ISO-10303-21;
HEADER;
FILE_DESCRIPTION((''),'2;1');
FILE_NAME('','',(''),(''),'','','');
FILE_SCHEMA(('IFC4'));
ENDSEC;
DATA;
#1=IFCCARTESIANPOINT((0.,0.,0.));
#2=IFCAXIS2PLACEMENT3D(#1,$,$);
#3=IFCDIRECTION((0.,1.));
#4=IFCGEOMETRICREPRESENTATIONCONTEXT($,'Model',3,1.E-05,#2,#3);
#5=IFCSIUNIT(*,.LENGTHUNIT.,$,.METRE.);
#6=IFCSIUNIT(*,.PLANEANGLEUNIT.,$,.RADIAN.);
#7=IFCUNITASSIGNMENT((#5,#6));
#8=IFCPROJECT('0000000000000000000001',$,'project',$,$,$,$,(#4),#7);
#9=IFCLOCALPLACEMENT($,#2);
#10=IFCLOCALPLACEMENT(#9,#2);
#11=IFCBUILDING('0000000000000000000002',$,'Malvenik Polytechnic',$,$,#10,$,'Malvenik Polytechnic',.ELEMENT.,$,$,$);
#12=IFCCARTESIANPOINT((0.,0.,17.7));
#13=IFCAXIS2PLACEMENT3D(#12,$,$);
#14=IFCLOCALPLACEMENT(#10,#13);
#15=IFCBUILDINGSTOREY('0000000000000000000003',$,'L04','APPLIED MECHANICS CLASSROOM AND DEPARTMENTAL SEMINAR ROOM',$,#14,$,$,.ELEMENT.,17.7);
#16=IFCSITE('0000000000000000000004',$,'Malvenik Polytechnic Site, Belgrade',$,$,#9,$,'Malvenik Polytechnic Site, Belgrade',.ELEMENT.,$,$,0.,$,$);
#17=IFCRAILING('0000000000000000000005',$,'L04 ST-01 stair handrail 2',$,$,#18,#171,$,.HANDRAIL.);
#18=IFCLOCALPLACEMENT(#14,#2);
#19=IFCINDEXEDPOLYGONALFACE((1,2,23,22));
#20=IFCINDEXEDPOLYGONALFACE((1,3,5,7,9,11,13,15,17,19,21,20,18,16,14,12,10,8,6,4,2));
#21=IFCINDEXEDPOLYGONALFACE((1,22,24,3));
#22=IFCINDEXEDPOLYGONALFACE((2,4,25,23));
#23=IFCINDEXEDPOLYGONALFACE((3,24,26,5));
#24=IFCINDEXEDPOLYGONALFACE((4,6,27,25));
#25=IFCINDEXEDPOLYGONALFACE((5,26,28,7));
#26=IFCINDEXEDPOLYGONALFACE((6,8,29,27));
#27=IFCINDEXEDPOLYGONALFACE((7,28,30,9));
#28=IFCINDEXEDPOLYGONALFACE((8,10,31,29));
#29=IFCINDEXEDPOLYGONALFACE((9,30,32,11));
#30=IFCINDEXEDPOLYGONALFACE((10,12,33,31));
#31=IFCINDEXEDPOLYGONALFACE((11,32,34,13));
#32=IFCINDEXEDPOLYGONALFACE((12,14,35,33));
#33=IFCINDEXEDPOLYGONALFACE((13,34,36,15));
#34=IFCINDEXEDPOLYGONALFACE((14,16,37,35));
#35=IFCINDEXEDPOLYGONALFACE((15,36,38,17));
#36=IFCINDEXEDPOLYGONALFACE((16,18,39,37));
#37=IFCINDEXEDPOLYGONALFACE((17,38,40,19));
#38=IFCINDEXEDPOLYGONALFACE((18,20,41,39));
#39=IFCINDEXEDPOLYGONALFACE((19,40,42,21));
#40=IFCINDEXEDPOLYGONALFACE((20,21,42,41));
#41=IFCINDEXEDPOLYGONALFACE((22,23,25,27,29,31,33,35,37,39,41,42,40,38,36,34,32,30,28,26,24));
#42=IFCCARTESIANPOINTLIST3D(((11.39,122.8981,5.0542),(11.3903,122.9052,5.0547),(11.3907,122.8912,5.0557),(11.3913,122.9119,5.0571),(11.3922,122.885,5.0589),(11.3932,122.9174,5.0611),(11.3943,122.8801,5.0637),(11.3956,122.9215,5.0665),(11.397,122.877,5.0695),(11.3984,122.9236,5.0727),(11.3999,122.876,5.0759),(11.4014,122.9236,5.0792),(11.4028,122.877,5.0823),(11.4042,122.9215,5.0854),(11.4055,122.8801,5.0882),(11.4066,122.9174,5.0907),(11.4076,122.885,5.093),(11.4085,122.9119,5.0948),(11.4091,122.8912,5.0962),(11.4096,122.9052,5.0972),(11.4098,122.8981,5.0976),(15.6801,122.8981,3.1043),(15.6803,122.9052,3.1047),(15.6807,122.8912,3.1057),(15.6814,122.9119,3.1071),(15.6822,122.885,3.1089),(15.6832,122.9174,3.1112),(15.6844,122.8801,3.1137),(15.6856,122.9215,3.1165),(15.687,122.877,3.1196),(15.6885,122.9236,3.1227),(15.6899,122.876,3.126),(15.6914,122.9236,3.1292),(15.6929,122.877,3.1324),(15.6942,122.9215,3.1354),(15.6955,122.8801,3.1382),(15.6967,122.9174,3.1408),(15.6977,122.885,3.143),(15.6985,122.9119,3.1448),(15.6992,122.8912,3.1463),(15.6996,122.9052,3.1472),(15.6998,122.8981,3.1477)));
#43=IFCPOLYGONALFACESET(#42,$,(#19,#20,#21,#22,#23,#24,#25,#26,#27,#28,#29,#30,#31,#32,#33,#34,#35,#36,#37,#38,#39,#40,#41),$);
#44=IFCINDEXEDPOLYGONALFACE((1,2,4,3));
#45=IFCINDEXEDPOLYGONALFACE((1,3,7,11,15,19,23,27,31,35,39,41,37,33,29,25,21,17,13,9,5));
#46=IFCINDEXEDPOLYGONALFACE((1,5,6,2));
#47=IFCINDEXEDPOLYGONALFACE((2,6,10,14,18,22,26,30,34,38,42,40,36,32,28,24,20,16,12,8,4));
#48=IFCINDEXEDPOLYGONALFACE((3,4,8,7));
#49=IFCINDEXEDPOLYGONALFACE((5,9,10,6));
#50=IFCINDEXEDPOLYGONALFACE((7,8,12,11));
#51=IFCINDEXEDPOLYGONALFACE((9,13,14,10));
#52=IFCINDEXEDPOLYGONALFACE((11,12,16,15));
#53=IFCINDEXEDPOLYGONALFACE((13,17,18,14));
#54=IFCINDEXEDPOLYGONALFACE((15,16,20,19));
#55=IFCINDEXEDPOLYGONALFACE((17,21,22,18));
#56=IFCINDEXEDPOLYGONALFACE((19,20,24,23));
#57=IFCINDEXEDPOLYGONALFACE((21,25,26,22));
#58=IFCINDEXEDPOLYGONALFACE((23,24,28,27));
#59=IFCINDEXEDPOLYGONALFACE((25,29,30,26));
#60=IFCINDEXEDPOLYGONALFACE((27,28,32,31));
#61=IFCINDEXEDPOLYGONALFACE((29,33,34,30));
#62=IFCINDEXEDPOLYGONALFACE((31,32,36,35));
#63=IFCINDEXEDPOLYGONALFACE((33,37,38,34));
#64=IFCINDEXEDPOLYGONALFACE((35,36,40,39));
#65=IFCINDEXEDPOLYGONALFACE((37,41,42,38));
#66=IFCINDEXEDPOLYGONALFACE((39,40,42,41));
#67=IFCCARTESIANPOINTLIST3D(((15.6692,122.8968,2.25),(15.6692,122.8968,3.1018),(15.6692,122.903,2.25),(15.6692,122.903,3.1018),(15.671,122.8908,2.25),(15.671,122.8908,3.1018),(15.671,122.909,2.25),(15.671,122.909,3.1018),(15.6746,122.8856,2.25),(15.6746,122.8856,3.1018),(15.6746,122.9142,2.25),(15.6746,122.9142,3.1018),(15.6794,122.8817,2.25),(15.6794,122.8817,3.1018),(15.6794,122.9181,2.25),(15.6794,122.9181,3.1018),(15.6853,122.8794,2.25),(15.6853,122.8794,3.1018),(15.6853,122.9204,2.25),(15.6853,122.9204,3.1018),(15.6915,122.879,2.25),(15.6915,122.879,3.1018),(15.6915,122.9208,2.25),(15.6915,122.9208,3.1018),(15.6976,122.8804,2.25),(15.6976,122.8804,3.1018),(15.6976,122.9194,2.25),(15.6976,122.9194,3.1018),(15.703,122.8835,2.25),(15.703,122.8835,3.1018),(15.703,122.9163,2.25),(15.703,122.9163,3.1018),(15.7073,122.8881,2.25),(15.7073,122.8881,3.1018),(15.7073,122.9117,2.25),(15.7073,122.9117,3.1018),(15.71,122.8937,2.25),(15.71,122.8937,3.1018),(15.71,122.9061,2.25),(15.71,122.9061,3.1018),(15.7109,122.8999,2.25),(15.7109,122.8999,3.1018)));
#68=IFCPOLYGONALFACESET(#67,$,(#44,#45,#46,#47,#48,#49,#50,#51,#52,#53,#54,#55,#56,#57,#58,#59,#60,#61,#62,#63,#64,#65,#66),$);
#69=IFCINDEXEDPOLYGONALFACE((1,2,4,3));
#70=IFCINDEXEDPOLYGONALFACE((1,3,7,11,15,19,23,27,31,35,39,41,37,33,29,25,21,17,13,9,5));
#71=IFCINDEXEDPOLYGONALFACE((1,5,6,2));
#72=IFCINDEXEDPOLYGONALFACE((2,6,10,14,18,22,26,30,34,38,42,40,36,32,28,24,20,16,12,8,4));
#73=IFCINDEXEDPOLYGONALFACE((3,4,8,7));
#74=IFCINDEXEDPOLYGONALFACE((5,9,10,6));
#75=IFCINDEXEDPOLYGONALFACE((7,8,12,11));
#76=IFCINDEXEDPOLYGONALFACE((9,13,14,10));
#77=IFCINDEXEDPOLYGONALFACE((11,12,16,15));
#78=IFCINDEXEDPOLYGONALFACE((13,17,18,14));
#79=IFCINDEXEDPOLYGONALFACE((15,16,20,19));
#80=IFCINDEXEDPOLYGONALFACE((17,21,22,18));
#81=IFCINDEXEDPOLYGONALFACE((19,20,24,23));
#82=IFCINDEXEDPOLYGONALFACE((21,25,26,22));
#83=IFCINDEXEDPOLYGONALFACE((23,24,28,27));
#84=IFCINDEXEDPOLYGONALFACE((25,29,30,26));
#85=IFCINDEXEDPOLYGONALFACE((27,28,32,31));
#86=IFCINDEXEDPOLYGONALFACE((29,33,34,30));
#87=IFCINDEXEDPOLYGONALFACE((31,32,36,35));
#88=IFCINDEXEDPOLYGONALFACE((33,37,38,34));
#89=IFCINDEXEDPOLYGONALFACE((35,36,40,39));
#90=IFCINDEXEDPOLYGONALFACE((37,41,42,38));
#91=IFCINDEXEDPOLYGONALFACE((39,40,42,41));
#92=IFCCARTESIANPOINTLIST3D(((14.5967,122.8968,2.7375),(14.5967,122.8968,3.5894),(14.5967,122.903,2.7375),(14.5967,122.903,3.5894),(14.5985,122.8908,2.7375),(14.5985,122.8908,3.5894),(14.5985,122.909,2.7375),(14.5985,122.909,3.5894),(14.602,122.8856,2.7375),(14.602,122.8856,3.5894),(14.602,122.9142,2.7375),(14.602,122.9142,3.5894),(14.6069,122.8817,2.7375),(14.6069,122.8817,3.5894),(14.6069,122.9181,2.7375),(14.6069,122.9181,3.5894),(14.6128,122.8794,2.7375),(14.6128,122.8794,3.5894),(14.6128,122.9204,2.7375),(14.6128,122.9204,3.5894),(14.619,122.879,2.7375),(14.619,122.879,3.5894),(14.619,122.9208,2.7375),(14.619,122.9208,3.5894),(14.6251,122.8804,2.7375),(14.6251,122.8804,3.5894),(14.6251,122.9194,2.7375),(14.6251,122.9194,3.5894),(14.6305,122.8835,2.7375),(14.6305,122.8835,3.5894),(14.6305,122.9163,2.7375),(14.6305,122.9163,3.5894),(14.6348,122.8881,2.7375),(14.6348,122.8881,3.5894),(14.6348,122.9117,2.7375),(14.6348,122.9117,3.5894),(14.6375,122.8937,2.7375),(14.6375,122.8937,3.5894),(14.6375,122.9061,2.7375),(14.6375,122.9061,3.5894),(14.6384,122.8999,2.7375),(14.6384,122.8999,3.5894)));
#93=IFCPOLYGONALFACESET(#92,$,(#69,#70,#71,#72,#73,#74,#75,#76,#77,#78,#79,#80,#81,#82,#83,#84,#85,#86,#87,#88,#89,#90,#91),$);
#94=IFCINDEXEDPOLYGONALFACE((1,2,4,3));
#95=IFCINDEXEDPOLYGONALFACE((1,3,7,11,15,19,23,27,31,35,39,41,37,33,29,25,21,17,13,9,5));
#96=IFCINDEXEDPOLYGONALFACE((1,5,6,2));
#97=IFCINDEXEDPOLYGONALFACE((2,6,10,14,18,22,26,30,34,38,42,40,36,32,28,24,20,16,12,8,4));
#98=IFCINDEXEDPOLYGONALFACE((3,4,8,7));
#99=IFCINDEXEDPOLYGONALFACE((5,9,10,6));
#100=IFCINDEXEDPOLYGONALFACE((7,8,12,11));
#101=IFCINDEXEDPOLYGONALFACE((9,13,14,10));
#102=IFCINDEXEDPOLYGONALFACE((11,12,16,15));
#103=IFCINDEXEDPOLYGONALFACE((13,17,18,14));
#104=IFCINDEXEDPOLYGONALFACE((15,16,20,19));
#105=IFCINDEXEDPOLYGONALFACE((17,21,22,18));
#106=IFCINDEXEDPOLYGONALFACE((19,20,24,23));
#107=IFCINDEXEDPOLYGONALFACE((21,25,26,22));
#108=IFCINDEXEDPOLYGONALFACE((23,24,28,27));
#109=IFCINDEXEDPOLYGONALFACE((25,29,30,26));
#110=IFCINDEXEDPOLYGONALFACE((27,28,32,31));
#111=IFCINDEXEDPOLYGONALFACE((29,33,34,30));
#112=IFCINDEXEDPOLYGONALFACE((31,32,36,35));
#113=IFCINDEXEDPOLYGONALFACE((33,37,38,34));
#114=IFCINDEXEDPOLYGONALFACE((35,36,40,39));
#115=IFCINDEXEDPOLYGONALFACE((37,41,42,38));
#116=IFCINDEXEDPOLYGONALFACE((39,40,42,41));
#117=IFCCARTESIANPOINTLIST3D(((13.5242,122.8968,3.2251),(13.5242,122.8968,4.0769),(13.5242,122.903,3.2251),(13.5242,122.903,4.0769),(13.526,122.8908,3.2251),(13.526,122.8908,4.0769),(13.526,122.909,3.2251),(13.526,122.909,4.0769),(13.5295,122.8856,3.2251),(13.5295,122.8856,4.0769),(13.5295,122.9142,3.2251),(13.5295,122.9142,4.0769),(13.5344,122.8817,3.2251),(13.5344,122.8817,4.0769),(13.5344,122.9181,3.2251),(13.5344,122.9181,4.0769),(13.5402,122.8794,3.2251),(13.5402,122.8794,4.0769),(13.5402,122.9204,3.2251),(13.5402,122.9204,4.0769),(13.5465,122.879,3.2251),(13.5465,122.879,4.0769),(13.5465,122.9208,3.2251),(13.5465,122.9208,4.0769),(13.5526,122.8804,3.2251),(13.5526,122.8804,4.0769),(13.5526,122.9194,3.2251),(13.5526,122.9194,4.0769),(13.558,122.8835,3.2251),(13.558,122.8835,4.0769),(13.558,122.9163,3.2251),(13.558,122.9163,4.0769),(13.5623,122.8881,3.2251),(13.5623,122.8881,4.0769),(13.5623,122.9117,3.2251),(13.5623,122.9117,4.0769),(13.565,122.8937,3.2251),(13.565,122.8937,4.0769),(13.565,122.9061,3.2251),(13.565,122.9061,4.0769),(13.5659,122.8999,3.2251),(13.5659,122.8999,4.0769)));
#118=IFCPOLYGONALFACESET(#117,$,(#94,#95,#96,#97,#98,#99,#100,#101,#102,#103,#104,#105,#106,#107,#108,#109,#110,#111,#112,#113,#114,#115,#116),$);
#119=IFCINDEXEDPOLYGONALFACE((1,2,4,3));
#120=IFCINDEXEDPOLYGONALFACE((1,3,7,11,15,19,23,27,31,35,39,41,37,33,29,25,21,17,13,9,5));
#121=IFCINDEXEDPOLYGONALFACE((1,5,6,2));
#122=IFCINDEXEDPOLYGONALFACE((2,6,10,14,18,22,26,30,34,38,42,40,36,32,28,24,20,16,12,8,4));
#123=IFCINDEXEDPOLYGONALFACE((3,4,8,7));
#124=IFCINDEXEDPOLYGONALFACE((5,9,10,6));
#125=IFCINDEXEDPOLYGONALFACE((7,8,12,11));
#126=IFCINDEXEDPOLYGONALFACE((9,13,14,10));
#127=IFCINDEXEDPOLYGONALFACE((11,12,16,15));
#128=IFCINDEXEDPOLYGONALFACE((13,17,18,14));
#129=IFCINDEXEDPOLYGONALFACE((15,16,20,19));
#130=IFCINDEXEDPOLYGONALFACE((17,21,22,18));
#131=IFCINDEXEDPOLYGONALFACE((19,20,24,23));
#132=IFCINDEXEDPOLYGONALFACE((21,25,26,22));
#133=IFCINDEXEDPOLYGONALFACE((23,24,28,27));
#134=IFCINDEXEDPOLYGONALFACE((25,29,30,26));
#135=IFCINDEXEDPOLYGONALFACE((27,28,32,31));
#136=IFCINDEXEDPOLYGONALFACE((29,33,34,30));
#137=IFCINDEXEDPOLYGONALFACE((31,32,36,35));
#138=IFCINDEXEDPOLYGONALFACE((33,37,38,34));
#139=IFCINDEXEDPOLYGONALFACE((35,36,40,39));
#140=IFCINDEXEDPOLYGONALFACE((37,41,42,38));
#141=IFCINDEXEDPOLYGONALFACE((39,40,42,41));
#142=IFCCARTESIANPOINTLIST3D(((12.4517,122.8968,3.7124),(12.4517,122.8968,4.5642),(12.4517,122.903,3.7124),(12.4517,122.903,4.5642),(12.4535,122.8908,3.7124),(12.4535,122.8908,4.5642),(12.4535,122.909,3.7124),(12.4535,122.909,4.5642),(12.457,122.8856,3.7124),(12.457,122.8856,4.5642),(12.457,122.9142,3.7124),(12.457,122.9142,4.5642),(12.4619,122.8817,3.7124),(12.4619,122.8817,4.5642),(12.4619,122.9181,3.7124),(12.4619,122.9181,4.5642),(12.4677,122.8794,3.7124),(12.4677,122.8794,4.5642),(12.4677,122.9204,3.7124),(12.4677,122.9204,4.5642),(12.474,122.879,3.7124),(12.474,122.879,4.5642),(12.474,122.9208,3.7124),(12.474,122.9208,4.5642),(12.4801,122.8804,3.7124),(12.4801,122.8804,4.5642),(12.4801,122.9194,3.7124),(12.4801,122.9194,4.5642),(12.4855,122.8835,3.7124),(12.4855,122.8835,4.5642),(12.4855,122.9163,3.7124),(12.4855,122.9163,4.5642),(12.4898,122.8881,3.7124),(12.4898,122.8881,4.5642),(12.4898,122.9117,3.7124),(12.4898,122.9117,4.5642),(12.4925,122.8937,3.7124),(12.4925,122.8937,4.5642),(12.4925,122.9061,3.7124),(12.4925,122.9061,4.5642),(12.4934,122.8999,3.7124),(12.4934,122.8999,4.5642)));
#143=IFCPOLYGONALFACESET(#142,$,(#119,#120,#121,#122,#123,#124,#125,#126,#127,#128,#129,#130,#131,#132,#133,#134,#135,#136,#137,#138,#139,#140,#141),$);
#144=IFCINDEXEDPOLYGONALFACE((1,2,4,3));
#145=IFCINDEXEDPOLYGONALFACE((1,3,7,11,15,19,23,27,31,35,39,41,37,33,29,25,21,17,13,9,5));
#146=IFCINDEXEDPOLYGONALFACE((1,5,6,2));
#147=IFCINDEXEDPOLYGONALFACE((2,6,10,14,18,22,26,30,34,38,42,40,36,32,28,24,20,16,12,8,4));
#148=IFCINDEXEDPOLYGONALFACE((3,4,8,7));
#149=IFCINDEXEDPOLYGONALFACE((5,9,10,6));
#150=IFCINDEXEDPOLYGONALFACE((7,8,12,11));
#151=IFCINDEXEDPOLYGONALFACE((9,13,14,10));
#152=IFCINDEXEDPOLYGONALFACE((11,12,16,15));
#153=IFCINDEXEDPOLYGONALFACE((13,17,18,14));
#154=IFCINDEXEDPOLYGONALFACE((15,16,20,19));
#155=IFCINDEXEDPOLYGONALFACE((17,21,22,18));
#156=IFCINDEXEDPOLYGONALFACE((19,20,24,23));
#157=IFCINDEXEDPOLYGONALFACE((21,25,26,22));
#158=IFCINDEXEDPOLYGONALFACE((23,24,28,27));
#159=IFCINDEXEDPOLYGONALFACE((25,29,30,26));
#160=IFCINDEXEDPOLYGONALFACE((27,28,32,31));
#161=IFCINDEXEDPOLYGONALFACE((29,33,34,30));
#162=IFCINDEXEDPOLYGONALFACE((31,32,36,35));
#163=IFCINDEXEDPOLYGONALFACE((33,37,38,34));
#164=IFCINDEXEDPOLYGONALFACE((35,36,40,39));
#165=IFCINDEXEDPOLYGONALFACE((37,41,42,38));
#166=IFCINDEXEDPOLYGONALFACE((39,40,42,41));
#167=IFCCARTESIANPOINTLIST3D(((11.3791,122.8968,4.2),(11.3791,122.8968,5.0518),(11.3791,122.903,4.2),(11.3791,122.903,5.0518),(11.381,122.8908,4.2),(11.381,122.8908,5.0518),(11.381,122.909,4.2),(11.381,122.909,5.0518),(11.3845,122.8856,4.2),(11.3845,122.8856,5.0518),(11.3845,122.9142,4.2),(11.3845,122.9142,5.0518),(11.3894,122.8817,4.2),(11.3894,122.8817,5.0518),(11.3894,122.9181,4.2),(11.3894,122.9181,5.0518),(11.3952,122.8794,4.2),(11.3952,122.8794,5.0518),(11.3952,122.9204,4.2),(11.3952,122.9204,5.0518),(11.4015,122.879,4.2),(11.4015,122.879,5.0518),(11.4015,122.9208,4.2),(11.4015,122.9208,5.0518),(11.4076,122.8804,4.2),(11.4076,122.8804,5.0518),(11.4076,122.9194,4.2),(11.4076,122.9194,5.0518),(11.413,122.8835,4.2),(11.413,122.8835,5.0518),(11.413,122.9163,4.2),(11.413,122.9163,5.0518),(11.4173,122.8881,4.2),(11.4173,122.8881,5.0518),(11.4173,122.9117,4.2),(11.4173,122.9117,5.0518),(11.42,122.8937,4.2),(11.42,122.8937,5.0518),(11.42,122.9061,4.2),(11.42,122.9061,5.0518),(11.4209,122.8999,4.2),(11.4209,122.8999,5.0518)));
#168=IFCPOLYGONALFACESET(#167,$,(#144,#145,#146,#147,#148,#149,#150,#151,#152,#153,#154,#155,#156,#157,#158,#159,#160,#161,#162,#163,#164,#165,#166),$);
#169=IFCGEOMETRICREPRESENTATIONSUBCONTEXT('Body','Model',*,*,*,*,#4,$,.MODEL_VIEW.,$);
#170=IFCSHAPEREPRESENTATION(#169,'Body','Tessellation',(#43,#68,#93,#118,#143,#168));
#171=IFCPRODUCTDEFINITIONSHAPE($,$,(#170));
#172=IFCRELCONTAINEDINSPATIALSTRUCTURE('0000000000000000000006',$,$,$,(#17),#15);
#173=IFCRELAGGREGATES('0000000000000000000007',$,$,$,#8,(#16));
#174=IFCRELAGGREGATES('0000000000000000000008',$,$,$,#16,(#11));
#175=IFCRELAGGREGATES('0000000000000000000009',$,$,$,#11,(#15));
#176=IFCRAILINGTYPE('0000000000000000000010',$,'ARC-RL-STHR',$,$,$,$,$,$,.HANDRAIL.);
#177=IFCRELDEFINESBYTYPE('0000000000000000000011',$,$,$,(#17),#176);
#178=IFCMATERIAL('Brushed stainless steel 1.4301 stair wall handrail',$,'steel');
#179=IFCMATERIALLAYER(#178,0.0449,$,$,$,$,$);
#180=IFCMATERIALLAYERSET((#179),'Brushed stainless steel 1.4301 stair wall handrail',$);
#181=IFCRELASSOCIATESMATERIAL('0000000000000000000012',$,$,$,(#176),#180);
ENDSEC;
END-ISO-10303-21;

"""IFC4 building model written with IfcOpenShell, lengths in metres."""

from ifc_helpers import new_model, si_unit, direction, frame, origin, origin_2d, place, context, subcontext, project, spatial, circle, extrude, material, layer, layer_set, type_object, element, save


model = new_model("IFC4")

# Units and contexts
model_context = context("Model", 3, precision=1e-05, world=origin(), true_north=direction((0.0, 1.0)))
body_context = subcontext(model_context, "Body", "Model", "MODEL_VIEW")
ifc_project = project(units=[si_unit("LENGTHUNIT", "METRE"), si_unit("PLANEANGLEUNIT", "RADIAN")], contexts=[model_context])

# Site, building, storey
site_placement = place(None, origin())
site = spatial("IfcSite", under=ifc_project, at=site_placement, Name="Malvenik Polytechnic Site, Belgrade", LongName="Malvenik Polytechnic Site, Belgrade", CompositionType="ELEMENT", RefElevation=0.0)
building_placement = place(site_placement, origin())
building = spatial("IfcBuilding", under=site, at=building_placement, Name="Malvenik Polytechnic", LongName="Malvenik Polytechnic", CompositionType="ELEMENT")
storey_placement = place(building_placement, frame((0.0, 0.0, 17.7)))
storey = spatial("IfcBuildingStorey", under=building, at=storey_placement, Name="L04", Description="APPLIED MECHANICS CLASSROOM AND DEPARTMENTAL SEMINAR ROOM", CompositionType="ELEMENT", Elevation=17.7)

# Railing
ifc_material_1 = material(Name="Brushed stainless steel 1.4301 stair wall handrail", Category="steel")
ifc_layer_1 = layer(ifc_material_1, 0.0449)
ifc_layer_set_1 = layer_set([ifc_layer_1], Name="Brushed stainless steel 1.4301 stair wall handrail")
railing_type_1 = type_object("IfcRailingType", Name="ARC-RL-STHR", PredefinedType="HANDRAIL", material=ifc_layer_set_1)
railing_1_placement = place(storey_placement, frame((15.6899, 122.8999, 2.25)))
element("IfcRailing", 1, at=railing_1_placement, inside=storey, type_object=railing_type_1, Name="L04 ST-01 stair handrail 2", PredefinedType="HANDRAIL", context=body_context, shape_type="SweptSolid", body=[
    extrude(circle(Radius=0.0239, at=origin_2d()), frame((0.0, 0.0, 0.876), z_axis=(-0.910372, 0.0, 0.413791), x_axis=(0.0, -1.0, 0.0)), (0.0, 0.0, 1.0), 4.7124),
    extrude(circle(Radius=0.021, at=origin_2d()), origin(), (0.0, 0.0, 1.0), 0.8518),
    extrude(circle(Radius=0.021, at=origin_2d()), frame((-1.0725, 0.0, 0.4875)), (0.0, 0.0, 1.0), 0.8518),
    extrude(circle(Radius=0.021, at=origin_2d()), frame((-2.145, 0.0, 0.9751)), (0.0, 0.0, 1.0), 0.8518),
    extrude(circle(Radius=0.021, at=origin_2d()), frame((-3.2175, 0.0, 1.4624)), (0.0, 0.0, 1.0), 0.8518),
    extrude(circle(Radius=0.021, at=origin_2d()), frame((-4.29, 0.0, 1.95)), (0.0, 0.0, 1.0), 0.8518),
])

save(model, "model.ifc")
